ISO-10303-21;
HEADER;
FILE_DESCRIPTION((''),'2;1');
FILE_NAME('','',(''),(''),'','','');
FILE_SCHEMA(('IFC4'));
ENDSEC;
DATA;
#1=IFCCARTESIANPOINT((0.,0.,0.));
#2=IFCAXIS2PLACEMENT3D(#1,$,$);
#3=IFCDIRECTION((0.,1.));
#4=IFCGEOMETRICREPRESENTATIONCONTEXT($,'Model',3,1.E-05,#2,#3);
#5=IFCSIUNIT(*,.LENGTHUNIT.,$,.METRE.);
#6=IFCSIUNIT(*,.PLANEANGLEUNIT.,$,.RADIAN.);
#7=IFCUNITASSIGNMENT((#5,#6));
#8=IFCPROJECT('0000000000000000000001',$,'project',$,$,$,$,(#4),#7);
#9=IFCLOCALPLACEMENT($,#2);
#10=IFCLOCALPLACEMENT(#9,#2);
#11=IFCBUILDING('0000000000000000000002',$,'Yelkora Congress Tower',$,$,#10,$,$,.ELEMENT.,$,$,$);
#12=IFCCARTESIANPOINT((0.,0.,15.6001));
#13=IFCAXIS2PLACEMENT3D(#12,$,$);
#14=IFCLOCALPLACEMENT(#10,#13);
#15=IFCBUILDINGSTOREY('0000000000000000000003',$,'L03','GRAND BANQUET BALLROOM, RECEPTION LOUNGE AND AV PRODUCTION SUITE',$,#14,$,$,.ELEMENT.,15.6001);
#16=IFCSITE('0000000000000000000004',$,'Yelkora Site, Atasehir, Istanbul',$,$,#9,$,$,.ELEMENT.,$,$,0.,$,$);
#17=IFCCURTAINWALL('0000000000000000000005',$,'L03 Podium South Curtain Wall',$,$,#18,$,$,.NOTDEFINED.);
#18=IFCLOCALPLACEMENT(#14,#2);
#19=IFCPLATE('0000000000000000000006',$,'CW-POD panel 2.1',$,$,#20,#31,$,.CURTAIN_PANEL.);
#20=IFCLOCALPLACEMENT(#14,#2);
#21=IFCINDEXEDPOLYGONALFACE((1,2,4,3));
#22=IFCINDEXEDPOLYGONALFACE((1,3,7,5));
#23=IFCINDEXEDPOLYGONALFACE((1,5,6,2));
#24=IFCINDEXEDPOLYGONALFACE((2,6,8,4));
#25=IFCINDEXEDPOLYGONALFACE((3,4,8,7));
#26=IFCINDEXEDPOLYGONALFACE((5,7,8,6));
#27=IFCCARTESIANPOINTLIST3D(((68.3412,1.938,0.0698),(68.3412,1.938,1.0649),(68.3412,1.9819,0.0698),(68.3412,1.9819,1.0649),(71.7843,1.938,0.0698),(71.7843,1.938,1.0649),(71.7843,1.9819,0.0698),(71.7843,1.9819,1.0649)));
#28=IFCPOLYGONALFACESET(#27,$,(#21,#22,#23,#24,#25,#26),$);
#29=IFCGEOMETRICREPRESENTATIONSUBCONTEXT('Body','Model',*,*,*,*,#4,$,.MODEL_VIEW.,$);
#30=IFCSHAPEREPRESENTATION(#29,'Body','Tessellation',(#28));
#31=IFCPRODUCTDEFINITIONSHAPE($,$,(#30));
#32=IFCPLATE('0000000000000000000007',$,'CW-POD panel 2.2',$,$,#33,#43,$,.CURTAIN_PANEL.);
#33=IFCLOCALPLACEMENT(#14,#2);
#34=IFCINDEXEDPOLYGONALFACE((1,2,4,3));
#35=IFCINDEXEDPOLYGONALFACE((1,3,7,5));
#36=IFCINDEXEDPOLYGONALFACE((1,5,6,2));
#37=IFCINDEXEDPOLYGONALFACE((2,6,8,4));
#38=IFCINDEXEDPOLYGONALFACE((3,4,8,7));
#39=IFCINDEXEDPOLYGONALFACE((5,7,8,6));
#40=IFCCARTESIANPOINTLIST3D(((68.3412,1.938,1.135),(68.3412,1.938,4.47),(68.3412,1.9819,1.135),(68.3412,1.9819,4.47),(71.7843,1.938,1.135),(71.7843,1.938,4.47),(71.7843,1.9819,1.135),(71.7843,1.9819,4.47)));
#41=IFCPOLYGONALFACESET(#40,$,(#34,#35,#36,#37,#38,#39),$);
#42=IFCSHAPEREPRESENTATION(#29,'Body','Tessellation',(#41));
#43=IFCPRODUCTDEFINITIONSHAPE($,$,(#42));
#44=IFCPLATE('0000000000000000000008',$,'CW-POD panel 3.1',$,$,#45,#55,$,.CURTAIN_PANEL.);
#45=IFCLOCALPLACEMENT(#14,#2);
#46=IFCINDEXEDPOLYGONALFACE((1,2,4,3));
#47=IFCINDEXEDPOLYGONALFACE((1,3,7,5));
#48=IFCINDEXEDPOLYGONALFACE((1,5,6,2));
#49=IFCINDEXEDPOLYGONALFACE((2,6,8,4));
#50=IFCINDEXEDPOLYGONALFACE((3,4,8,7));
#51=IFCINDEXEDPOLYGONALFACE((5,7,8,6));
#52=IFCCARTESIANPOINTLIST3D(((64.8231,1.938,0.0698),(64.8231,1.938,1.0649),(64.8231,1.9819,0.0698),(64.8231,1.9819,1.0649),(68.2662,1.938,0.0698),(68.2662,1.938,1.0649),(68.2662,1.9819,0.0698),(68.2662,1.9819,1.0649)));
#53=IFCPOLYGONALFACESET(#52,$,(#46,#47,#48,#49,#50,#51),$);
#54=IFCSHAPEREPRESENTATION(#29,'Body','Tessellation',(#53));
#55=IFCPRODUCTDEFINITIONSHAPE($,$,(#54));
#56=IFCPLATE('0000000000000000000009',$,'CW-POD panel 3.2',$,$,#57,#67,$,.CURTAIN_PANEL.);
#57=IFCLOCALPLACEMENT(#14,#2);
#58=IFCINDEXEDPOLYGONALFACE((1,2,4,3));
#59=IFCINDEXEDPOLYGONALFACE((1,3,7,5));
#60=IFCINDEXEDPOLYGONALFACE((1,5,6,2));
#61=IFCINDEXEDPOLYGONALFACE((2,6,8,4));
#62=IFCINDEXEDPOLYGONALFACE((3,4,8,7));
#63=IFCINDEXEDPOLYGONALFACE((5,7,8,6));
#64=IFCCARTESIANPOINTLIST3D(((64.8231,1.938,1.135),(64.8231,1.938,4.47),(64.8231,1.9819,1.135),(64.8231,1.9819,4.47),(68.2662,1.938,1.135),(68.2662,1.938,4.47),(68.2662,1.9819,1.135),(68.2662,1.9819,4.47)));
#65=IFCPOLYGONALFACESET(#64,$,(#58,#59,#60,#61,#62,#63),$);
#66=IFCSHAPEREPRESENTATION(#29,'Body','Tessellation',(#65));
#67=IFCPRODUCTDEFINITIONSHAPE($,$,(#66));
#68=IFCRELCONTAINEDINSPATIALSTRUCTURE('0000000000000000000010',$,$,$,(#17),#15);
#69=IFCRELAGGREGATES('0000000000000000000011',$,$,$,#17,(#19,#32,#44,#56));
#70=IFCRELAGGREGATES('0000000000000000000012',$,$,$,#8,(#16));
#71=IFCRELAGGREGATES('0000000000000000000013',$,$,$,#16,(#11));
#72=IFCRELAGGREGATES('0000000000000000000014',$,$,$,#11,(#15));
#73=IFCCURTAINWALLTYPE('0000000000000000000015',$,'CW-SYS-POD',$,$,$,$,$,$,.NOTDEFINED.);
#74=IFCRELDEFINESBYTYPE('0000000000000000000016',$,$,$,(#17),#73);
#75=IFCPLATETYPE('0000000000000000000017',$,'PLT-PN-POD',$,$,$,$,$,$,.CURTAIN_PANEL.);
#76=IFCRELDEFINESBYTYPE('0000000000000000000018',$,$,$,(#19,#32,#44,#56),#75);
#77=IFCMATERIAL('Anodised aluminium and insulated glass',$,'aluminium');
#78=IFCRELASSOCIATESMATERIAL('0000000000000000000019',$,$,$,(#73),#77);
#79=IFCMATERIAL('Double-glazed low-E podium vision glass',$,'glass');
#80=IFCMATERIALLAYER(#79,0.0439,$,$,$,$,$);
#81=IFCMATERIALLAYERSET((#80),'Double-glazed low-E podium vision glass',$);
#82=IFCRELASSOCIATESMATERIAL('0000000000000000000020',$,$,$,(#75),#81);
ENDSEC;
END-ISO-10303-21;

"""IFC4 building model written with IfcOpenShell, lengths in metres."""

from ifc_helpers import new_model, si_unit, direction, frame, origin, origin_2d, place, context, subcontext, project, spatial, rectangle, extrude, material, layer, layer_set, type_object, element, aggregate, save


model = new_model("IFC4")

# Units and contexts
model_context = context("Model", 3, precision=1e-05, world=origin(), true_north=direction((0.0, 1.0)))
body_context = subcontext(model_context, "Body", "Model", "MODEL_VIEW")
ifc_project = project(units=[si_unit("LENGTHUNIT", "METRE"), si_unit("PLANEANGLEUNIT", "RADIAN")], contexts=[model_context])

# Site, building, storey
site_placement = place(None, origin())
site = spatial("IfcSite", under=ifc_project, at=site_placement, Name="Yelkora Site, Atasehir, Istanbul", CompositionType="ELEMENT", RefElevation=0.0)
building_placement = place(site_placement, origin())
building = spatial("IfcBuilding", under=site, at=building_placement, Name="Yelkora Congress Tower", CompositionType="ELEMENT")
storey_placement = place(building_placement, frame((0.0, 0.0, 15.6001)))
storey = spatial("IfcBuildingStorey", under=building, at=storey_placement, Name="L03", Description="GRAND BANQUET BALLROOM, RECEPTION LOUNGE AND AV PRODUCTION SUITE", CompositionType="ELEMENT", Elevation=15.6001)

# Curtain wall, plates
ifc_material_1 = material(Name="Anodised aluminium and insulated glass", Category="aluminium")
curtain_wall_type = type_object("IfcCurtainWallType", Name="CW-SYS-POD", PredefinedType="NOTDEFINED", material=ifc_material_1)
curtain_wall_placement = place(storey_placement, origin())
curtain_wall = element("IfcCurtainWall", 1, at=curtain_wall_placement, inside=storey, type_object=curtain_wall_type, Name="L03 Podium South Curtain Wall", PredefinedType="NOTDEFINED")
ifc_material_2 = material(Name="Double-glazed low-E podium vision glass", Category="glass")
ifc_layer = layer(ifc_material_2, 0.0439)
ifc_layer_set = layer_set([ifc_layer], Name="Double-glazed low-E podium vision glass")
plate_type = type_object("IfcPlateType", Name="PLT-PN-POD", PredefinedType="CURTAIN_PANEL", material=ifc_layer_set)
plate_1_placement = place(storey_placement, frame((70.0627, 1.96, 0.0698), z_axis=(0.0, 0.0, 1.0), x_axis=(-1.0, 0.0, 0.0)))
plate_1 = element("IfcPlate", 2, at=plate_1_placement, type_object=plate_type, Name="CW-POD panel 2.1", PredefinedType="CURTAIN_PANEL", context=body_context, shape_type="SweptSolid", body=[
    extrude(rectangle(XDim=3.4431, YDim=0.0439, at=origin_2d()), origin(), (0.0, 0.0, 1.0), 0.9951),
])
plate_2_placement = place(storey_placement, frame((70.0627, 1.96, 1.135), z_axis=(0.0, 0.0, 1.0), x_axis=(-1.0, 0.0, 0.0)))
plate_2 = element("IfcPlate", 3, at=plate_2_placement, type_object=plate_type, Name="CW-POD panel 2.2", PredefinedType="CURTAIN_PANEL", context=body_context, shape_type="SweptSolid", body=[
    extrude(rectangle(XDim=3.4431, YDim=0.0439, at=origin_2d()), origin(), (0.0, 0.0, 1.0), 3.335),
])
plate_3_placement = place(storey_placement, frame((66.5447, 1.96, 0.0698), z_axis=(0.0, 0.0, 1.0), x_axis=(-1.0, 0.0, 0.0)))
plate_3 = element("IfcPlate", 4, at=plate_3_placement, type_object=plate_type, Name="CW-POD panel 3.1", PredefinedType="CURTAIN_PANEL", context=body_context, shape_type="SweptSolid", body=[
    extrude(rectangle(XDim=3.4431, YDim=0.0439, at=origin_2d()), origin(), (0.0, 0.0, 1.0), 0.9951),
])
plate_4_placement = place(storey_placement, frame((66.5447, 1.96, 1.135), z_axis=(0.0, 0.0, 1.0), x_axis=(-1.0, 0.0, 0.0)))
plate_4 = element("IfcPlate", 5, at=plate_4_placement, type_object=plate_type, Name="CW-POD panel 3.2", PredefinedType="CURTAIN_PANEL", context=body_context, shape_type="SweptSolid", body=[
    extrude(rectangle(XDim=3.4431, YDim=0.0439, at=origin_2d()), origin(), (0.0, 0.0, 1.0), 3.335),
])
aggregate(curtain_wall, [plate_1, plate_2, plate_3, plate_4])

save(model, "model.ifc")
